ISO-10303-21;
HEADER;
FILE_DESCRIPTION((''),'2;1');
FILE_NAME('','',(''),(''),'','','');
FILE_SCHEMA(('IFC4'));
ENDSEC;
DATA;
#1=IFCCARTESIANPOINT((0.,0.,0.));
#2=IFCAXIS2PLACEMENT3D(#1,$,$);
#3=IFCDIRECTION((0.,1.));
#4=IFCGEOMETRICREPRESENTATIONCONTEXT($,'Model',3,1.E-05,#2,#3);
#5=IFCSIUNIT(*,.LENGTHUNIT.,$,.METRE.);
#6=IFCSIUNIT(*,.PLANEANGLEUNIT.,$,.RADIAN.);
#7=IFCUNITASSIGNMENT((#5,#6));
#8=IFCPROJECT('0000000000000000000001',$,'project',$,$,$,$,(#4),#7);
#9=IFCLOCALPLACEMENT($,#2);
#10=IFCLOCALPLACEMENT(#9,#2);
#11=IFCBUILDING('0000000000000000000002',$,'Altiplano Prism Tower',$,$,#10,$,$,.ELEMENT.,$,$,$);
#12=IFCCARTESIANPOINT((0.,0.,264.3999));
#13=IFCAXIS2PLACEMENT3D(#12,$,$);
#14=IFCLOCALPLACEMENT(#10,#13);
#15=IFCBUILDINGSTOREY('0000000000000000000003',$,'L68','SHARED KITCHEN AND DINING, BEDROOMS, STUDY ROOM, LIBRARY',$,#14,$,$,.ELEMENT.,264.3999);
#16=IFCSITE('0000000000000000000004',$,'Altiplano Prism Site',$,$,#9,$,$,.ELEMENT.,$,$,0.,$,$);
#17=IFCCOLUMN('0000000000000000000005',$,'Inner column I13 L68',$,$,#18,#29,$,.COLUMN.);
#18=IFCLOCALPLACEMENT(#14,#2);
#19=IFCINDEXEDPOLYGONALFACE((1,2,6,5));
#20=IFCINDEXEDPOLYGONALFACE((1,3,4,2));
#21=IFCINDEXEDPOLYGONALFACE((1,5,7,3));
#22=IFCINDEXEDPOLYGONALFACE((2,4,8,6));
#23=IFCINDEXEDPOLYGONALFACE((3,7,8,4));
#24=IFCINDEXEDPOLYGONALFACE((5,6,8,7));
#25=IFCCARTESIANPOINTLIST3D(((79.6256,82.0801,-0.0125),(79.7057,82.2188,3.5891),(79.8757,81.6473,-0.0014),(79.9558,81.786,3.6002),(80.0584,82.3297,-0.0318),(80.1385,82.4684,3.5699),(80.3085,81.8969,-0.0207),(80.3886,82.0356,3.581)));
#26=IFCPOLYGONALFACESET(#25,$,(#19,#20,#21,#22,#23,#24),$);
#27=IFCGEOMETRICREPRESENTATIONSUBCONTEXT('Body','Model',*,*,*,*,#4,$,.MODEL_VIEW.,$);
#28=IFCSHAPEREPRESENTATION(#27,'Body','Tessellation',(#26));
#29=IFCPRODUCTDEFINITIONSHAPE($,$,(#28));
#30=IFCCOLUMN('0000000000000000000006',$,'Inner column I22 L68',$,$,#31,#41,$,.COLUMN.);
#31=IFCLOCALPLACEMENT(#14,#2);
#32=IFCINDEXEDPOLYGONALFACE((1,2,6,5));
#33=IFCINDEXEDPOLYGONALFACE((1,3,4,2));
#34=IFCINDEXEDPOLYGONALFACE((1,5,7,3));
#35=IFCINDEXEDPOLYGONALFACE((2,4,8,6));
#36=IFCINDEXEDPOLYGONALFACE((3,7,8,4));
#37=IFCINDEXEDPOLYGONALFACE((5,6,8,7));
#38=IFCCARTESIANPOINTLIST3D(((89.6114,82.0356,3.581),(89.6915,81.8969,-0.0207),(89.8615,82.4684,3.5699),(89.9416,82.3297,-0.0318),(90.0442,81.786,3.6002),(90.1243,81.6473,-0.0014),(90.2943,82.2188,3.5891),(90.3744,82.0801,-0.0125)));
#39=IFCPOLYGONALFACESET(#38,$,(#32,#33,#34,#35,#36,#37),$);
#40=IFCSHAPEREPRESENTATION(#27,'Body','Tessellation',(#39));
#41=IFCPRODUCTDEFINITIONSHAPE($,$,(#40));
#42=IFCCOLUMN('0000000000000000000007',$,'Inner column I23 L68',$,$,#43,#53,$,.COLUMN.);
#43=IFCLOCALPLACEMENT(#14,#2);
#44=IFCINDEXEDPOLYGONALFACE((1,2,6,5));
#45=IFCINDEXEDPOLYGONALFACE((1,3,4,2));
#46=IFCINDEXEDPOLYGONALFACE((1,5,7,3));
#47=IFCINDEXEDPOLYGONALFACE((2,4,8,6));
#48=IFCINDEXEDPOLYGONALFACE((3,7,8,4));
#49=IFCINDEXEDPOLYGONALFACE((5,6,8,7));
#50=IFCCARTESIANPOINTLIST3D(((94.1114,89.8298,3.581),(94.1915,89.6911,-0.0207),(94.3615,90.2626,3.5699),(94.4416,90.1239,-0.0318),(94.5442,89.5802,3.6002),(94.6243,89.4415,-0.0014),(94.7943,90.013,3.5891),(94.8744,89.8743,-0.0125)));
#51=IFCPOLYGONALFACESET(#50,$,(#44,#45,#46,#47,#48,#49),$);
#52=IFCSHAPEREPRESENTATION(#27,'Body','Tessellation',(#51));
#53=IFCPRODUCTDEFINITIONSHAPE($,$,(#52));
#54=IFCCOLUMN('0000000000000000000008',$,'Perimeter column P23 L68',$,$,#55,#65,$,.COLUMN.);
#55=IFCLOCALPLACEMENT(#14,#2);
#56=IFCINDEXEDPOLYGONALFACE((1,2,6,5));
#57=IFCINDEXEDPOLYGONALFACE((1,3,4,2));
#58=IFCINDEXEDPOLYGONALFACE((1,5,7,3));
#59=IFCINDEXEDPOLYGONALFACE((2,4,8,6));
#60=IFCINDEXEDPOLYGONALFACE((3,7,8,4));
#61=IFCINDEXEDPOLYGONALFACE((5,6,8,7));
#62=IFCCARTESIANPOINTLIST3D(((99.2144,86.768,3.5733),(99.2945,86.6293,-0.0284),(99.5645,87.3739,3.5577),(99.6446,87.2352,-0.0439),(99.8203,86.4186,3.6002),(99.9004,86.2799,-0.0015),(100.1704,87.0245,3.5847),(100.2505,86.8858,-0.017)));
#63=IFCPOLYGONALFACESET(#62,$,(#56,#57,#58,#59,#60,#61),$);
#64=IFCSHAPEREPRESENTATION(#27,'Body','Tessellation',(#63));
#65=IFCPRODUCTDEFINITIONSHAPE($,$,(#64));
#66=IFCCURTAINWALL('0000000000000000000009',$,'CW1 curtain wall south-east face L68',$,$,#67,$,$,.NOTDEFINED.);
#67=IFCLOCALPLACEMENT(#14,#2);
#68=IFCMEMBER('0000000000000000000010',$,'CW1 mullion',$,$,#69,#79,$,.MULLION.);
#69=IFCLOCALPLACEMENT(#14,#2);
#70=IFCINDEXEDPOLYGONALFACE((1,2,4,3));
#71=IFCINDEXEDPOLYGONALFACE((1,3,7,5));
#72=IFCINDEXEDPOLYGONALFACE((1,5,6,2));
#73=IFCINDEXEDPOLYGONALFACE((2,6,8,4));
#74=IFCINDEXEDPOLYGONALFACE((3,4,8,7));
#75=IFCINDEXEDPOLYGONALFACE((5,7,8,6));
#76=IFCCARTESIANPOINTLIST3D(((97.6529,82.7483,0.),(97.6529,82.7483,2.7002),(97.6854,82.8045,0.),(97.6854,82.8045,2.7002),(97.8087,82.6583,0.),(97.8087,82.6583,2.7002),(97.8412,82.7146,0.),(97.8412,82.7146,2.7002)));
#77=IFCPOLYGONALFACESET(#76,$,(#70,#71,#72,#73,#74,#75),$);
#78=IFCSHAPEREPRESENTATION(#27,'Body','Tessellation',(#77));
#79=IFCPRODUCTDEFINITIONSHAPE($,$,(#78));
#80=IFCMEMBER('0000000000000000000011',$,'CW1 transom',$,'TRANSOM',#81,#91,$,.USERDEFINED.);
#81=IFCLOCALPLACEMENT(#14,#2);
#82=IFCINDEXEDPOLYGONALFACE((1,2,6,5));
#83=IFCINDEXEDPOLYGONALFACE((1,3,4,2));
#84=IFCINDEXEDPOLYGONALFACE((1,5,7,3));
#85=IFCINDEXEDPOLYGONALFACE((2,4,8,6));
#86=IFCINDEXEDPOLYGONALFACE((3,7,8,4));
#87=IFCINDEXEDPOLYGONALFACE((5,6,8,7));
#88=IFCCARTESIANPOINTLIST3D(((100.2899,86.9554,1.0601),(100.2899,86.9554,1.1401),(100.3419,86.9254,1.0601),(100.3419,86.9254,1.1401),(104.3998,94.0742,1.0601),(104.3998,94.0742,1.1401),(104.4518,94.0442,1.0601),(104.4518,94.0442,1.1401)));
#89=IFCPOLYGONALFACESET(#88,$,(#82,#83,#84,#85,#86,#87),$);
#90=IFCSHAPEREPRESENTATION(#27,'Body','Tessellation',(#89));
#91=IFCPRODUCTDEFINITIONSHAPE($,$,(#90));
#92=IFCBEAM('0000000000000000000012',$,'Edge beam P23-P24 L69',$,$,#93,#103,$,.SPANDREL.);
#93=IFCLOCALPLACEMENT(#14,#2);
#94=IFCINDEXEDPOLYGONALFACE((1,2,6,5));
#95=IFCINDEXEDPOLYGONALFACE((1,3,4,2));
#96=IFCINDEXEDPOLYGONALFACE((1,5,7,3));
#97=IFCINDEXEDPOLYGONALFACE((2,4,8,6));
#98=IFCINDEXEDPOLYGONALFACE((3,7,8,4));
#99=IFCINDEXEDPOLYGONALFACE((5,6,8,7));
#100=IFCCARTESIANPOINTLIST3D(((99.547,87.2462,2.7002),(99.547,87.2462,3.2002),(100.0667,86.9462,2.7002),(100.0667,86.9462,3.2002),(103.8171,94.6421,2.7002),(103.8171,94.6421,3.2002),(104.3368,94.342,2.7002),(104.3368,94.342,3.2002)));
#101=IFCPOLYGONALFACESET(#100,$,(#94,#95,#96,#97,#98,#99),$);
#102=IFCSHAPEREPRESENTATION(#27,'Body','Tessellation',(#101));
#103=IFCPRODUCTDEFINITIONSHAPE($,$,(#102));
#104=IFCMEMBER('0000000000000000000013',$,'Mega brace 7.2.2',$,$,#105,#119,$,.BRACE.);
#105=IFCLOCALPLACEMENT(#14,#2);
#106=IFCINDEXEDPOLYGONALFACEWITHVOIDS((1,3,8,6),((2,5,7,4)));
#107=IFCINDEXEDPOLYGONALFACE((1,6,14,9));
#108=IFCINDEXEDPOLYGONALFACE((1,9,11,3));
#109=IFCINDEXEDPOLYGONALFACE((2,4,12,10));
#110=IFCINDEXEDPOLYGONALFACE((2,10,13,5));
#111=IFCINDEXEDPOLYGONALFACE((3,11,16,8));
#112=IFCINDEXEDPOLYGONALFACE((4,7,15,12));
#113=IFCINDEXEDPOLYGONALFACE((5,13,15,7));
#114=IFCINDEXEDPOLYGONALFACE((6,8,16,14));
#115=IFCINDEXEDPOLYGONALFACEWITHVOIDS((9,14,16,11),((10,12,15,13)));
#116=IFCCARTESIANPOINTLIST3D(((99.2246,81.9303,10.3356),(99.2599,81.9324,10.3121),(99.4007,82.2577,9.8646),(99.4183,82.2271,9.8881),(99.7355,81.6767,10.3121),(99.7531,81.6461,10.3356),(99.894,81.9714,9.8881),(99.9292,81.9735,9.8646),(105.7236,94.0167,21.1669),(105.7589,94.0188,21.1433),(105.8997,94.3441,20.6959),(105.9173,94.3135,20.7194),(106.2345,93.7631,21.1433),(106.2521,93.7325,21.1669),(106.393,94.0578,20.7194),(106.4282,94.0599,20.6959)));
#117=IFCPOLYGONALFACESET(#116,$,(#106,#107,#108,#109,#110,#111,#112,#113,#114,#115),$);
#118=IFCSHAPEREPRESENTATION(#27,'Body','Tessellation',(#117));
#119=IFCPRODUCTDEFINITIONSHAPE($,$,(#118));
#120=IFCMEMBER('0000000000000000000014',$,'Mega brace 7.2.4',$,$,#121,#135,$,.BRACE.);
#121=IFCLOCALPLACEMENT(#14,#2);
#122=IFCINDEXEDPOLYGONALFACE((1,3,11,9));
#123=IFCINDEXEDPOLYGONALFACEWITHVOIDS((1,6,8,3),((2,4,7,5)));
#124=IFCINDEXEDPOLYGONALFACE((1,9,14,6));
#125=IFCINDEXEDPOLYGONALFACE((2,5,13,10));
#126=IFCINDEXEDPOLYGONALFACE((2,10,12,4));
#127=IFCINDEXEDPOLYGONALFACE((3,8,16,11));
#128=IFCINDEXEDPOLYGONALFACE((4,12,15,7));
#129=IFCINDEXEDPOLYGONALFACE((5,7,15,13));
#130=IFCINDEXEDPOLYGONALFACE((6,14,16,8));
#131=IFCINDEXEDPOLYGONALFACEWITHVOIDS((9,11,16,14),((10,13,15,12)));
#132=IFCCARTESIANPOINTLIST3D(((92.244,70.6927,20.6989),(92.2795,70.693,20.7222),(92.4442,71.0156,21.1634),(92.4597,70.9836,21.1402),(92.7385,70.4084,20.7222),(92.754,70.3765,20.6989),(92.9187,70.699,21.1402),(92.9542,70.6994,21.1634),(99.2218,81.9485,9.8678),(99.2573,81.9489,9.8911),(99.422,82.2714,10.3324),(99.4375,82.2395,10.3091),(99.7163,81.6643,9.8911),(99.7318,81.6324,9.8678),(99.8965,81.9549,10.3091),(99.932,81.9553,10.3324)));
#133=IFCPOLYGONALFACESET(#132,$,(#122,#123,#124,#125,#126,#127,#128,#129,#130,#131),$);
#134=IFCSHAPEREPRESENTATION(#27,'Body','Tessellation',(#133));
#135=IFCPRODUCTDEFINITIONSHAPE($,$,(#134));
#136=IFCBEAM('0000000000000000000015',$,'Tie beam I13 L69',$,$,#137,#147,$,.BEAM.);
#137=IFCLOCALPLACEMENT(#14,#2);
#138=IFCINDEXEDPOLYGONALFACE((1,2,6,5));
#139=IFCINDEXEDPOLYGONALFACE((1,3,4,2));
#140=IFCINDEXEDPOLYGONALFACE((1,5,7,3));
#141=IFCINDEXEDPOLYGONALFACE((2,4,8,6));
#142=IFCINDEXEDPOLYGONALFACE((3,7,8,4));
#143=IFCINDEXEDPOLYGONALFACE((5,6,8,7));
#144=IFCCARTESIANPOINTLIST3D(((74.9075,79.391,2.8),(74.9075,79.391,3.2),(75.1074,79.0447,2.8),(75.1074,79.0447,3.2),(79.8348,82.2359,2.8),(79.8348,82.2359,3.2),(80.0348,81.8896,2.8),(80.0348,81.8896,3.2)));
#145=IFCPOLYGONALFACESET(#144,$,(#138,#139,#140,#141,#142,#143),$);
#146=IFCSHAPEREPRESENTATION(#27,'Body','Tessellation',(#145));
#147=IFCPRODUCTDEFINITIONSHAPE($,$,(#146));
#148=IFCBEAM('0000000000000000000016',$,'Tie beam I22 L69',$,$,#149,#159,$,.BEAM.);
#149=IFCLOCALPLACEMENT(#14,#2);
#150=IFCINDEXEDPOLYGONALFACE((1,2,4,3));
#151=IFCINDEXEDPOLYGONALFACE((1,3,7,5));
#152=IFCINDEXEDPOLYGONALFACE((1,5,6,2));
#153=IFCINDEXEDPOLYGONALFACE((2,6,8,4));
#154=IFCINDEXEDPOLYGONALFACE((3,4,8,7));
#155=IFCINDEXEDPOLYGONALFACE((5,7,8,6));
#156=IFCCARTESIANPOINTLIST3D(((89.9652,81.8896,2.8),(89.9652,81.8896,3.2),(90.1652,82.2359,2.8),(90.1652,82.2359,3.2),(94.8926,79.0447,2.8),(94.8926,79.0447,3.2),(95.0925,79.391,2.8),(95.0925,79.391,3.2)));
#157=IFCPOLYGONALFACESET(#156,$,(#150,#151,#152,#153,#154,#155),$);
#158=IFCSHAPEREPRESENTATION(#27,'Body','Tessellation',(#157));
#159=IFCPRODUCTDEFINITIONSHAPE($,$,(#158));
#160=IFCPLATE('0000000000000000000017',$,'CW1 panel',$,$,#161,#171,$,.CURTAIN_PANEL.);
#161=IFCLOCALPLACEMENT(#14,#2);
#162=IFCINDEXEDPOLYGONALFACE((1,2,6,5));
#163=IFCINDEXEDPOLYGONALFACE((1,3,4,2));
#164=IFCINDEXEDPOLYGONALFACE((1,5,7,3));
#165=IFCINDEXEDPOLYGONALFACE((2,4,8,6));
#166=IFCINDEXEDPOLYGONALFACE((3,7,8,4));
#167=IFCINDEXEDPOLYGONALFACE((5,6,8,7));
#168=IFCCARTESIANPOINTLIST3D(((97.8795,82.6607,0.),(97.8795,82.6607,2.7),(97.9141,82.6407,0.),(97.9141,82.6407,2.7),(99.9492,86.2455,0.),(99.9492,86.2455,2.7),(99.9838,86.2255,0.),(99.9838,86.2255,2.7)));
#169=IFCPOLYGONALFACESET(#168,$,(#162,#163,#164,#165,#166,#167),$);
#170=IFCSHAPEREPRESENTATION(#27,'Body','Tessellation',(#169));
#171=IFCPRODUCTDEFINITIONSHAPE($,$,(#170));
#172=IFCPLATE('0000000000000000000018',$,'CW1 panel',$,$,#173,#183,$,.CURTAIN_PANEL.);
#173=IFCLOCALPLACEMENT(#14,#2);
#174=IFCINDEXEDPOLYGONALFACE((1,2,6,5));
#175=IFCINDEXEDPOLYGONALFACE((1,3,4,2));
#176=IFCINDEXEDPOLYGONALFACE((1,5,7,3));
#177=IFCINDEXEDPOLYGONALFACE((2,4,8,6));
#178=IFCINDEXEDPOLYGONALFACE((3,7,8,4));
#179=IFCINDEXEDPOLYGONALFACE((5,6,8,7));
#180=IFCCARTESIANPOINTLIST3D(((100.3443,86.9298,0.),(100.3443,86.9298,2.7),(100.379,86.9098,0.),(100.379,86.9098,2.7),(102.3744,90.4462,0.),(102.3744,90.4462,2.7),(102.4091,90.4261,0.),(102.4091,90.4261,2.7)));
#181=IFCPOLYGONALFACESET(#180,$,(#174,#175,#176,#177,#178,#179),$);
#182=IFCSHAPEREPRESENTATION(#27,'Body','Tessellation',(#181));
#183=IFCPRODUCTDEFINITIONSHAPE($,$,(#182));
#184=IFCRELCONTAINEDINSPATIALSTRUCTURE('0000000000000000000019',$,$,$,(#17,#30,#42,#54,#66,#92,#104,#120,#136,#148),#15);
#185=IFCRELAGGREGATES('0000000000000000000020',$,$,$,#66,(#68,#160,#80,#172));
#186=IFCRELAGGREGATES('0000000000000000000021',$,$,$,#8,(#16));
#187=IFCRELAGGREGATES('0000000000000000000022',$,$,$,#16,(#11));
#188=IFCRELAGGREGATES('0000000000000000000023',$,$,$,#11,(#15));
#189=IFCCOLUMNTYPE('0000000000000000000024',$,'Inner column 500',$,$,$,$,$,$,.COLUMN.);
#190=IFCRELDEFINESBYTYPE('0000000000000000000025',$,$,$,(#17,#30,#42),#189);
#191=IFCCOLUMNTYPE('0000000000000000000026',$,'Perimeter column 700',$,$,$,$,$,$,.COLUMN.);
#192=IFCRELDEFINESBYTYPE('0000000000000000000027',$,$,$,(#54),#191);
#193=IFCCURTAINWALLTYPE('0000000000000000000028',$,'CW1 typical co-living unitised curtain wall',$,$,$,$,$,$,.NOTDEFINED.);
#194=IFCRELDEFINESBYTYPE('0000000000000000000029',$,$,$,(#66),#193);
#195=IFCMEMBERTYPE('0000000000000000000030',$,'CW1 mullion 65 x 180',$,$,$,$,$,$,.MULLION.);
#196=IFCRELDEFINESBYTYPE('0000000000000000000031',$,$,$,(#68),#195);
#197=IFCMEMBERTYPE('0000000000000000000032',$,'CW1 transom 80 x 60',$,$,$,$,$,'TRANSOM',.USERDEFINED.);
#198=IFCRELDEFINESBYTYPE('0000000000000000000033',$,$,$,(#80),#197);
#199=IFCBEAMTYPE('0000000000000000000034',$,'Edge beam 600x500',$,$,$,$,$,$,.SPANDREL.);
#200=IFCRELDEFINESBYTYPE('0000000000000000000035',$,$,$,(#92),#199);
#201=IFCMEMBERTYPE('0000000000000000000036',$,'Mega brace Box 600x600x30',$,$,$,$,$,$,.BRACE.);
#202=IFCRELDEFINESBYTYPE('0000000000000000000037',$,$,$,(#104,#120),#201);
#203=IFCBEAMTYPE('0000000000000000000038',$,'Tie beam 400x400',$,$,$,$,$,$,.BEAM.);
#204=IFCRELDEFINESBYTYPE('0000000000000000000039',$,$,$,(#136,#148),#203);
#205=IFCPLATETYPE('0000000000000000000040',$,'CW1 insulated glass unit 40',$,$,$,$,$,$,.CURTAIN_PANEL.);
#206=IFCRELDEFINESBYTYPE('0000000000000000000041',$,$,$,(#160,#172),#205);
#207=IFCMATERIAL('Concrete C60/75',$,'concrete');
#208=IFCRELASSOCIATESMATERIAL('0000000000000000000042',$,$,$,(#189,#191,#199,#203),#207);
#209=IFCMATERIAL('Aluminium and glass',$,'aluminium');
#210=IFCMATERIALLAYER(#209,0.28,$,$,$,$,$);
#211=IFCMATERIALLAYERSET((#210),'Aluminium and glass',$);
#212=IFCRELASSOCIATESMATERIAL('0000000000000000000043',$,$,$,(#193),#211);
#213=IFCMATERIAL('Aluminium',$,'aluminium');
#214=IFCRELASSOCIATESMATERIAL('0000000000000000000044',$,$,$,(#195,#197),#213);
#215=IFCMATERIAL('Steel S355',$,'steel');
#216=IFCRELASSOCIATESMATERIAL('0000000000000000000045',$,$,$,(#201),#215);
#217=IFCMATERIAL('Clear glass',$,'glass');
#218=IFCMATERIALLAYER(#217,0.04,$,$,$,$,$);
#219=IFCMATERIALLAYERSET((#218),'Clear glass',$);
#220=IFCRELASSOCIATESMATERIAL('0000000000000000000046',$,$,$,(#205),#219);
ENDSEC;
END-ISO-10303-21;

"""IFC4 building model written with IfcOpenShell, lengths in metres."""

from ifc_helpers import new_model, si_unit, direction, frame, origin, origin_2d, place, context, subcontext, project, spatial, rectangle, hollow_rectangle, extrude, material, layer, layer_set, material_profile, profile_set, type_object, element, aggregate, save


model = new_model("IFC4")

# Units and contexts
model_context = context("Model", 3, precision=1e-05, world=origin(), true_north=direction((0.0, 1.0)))
body_context = subcontext(model_context, "Body", "Model", "MODEL_VIEW")
ifc_project = project(units=[si_unit("LENGTHUNIT", "METRE"), si_unit("PLANEANGLEUNIT", "RADIAN")], contexts=[model_context])

# Site, building, storey
site_placement = place(None, origin())
site = spatial("IfcSite", under=ifc_project, at=site_placement, Name="Altiplano Prism Site", CompositionType="ELEMENT", RefElevation=0.0)
building_placement = place(site_placement, origin())
building = spatial("IfcBuilding", under=site, at=building_placement, Name="Altiplano Prism Tower", CompositionType="ELEMENT")
storey_placement = place(building_placement, frame((0.0, 0.0, 264.3999)))
storey = spatial("IfcBuildingStorey", under=building, at=storey_placement, Name="L68", Description="SHARED KITCHEN AND DINING, BEDROOMS, STUDY ROOM, LIBRARY", CompositionType="ELEMENT", Elevation=264.3999)

# Columns
ifc_material_1 = material(Name="Concrete C60/75", Category="concrete")
ifc_material_profile_1 = material_profile(ifc_material_1, rectangle(XDim=0.5, YDim=0.5, at=origin_2d()), Name="Inner column 500")
ifc_profile_set_1 = profile_set([ifc_material_profile_1], Name="Concrete C60/75")
column_type_1 = type_object("IfcColumnType", Name="Inner column 500", PredefinedType="COLUMN", material=ifc_profile_set_1)
for number, where, z_axis, x_axis, name in (
    (1, (79.967, 81.9885, -0.0166), (0.022212, 0.038465, 0.999013), (-0.865642, -0.499183, 0.038467), "Inner column I13 L68"),
    (2, (90.033, 81.9885, -0.0166), (-0.022212, 0.038465, 0.999013), (-0.50017, -0.865643, 0.022209), "Inner column I22 L68"),
    (3, (94.533, 89.7827, -0.0166), (-0.022212, 0.038465, 0.999013), (-0.500174, -0.86564, 0.022209), "Inner column I23 L68"),
):
    element("IfcColumn", number, at=place(storey_placement, frame(where, z_axis=z_axis, x_axis=x_axis)), inside=storey, type_object=column_type_1, Name=name, PredefinedType="COLUMN", context=body_context, shape_type="SweptSolid", body=[
        extrude(rectangle(XDim=0.5, YDim=0.5, at=origin_2d()), origin(), (0.0, 0.0, 1.0), 3.6052),
    ])
ifc_material_profile_2 = material_profile(ifc_material_1, rectangle(XDim=0.7, YDim=0.7, at=origin_2d()), Name="Perimeter column 700")
ifc_profile_set_2 = profile_set([ifc_material_profile_2], Name="Concrete C60/75")
column_type_2 = type_object("IfcColumnType", Name="Perimeter column 700", PredefinedType="COLUMN", material=ifc_profile_set_2)
column_placement = place(storey_placement, frame((99.7725, 86.7576, -0.0227), z_axis=(-0.022212, 0.038465, 0.999013), x_axis=(-0.500174, -0.86564, 0.022209)))
element("IfcColumn", 4, at=column_placement, inside=storey, type_object=column_type_2, Name="Perimeter column P23 L68", PredefinedType="COLUMN", context=body_context, shape_type="SweptSolid", body=[
    extrude(rectangle(XDim=0.7, YDim=0.7, at=origin_2d()), origin(), (0.0, 0.0, 1.0), 3.6052),
])

# Curtain wall, members
ifc_material_2 = material(Name="Aluminium and glass", Category="aluminium")
ifc_layer_1 = layer(ifc_material_2, 0.28)
ifc_layer_set_1 = layer_set([ifc_layer_1], Name="Aluminium and glass")
curtain_wall_type = type_object("IfcCurtainWallType", Name="CW1 typical co-living unitised curtain wall", PredefinedType="NOTDEFINED", material=ifc_layer_set_1)
curtain_wall_placement = place(storey_placement, origin())
curtain_wall = element("IfcCurtainWall", 5, at=curtain_wall_placement, inside=storey, type_object=curtain_wall_type, Name="CW1 curtain wall south-east face L68", PredefinedType="NOTDEFINED")
ifc_material_3 = material(Name="Aluminium", Category="aluminium")
ifc_material_profile_3 = material_profile(ifc_material_3, rectangle(XDim=0.1799, YDim=0.0649, at=origin_2d()), Name="CW1 mullion 65 x 180")
ifc_profile_set_3 = profile_set([ifc_material_profile_3], Name="Aluminium")
member_type_1 = type_object("IfcMemberType", Name="CW1 mullion 65 x 180", PredefinedType="MULLION", material=ifc_profile_set_3)
member_1_placement = place(storey_placement, frame((97.7471, 82.7314, 0.0), z_axis=(0.0, 0.0, 1.0), x_axis=(-0.866025, 0.5, 0.0)))
member_1 = element("IfcMember", 6, at=member_1_placement, type_object=member_type_1, Name="CW1 mullion", PredefinedType="MULLION", context=body_context, shape_type="SweptSolid", body=[
    extrude(rectangle(XDim=0.1799, YDim=0.0649, at=origin_2d()), origin(), (0.0, 0.0, 1.0), 2.7002),
])
ifc_material_profile_4 = material_profile(ifc_material_3, rectangle(XDim=0.0601, YDim=0.0801, at=origin_2d()), Name="CW1 transom 80 x 60")
ifc_profile_set_4 = profile_set([ifc_material_profile_4], Name="Aluminium")
member_type_2 = type_object("IfcMemberType", Name="CW1 transom 80 x 60", ElementType="TRANSOM", PredefinedType="USERDEFINED", material=ifc_profile_set_4)
member_2_placement = place(storey_placement, frame((100.3159, 86.9404, 1.1001), z_axis=(0.499992, 0.86603, 0.0), x_axis=(-0.86603, 0.499992, 0.0)))
member_2 = element("IfcMember", 7, at=member_2_placement, type_object=member_type_2, Name="CW1 transom", ObjectType="TRANSOM", PredefinedType="USERDEFINED", context=body_context, shape_type="SweptSolid", body=[
    extrude(rectangle(XDim=0.0601, YDim=0.0801, at=origin_2d()), origin(), (0.0, 0.0, 1.0), 8.22),
])

# Beam
ifc_material_profile_5 = material_profile(ifc_material_1, rectangle(XDim=0.6001, YDim=0.5, at=origin_2d()), Name="Edge beam 600x500")
ifc_profile_set_5 = profile_set([ifc_material_profile_5], Name="Concrete C60/75")
beam_type_1 = type_object("IfcBeamType", Name="Edge beam 600x500", PredefinedType="SPANDREL", material=ifc_profile_set_5)
beam_placement = place(storey_placement, frame((99.8069, 87.0962, 2.9502), z_axis=(0.500007, 0.866021, 0.0), x_axis=(-0.866021, 0.500007, 0.0)))
element("IfcBeam", 8, at=beam_placement, inside=storey, type_object=beam_type_1, Name="Edge beam P23-P24 L69", PredefinedType="SPANDREL", context=body_context, shape_type="SweptSolid", body=[
    extrude(rectangle(XDim=0.6001, YDim=0.5, at=origin_2d()), origin(), (0.0, 0.0, 1.0), 8.54),
])

# Members
ifc_material_4 = material(Name="Steel S355", Category="steel")
ifc_material_profile_6 = material_profile(ifc_material_4, hollow_rectangle(XDim=0.6001, YDim=0.6001, WallThickness=0.03, at=origin_2d()), Name="Mega brace Box 600x600x30")
ifc_profile_set_6 = profile_set([ifc_material_profile_6], Name="Steel S355")
member_type_3 = type_object("IfcMemberType", Name="Mega brace Box 600x600x30", PredefinedType="BRACE", material=ifc_profile_set_6)
member_3_placement = place(storey_placement, frame((99.5769, 81.9519, 10.1001), z_axis=(0.371746, 0.691346, 0.619553), x_axis=(-0.880746, 0.473588, 0.0)))
element("IfcMember", 9, at=member_3_placement, inside=storey, type_object=member_type_3, Name="Mega brace 7.2.2", PredefinedType="BRACE", context=body_context, shape_type="SweptSolid", body=[
    extrude(hollow_rectangle(XDim=0.6001, YDim=0.6001, WallThickness=0.03, at=origin_2d()), origin(), (0.0, 0.0, 1.0), 17.4824),
])
member_4_placement = place(storey_placement, frame((99.5769, 81.9519, 10.1001), z_axis=(-0.407858, -0.657916, 0.633086), x_axis=(0.849931, -0.526893, 0.0)))
element("IfcMember", 10, at=member_4_placement, inside=storey, type_object=member_type_3, Name="Mega brace 7.2.4", PredefinedType="BRACE", context=body_context, shape_type="SweptSolid", body=[
    extrude(hollow_rectangle(XDim=0.6001, YDim=0.6001, WallThickness=0.03, at=origin_2d()), origin(), (0.0, 0.0, 1.0), 17.1084),
])

# Beams
ifc_material_profile_7 = material_profile(ifc_material_1, rectangle(XDim=0.3999, YDim=0.3999, at=origin_2d()), Name="Tie beam 400x400")
ifc_profile_set_7 = profile_set([ifc_material_profile_7], Name="Concrete C60/75")
beam_type_2 = type_object("IfcBeamType", Name="Tie beam 400x400", PredefinedType="BEAM", material=ifc_profile_set_7)
for number, where, z_axis, x_axis, name in (
    (11, (79.9348, 82.0627, 3.0), (-0.866019, -0.500011, 0.0), (0.500011, -0.866019, 0.0), "Tie beam I13 L69"),
    (12, (90.0652, 82.0627, 3.0), (0.866019, -0.500011, 0.0), (0.500011, 0.866019, 0.0), "Tie beam I22 L69"),
):
    element("IfcBeam", number, at=place(storey_placement, frame(where, z_axis=z_axis, x_axis=x_axis)), inside=storey, type_object=beam_type_2, Name=name, PredefinedType="BEAM", context=body_context, shape_type="SweptSolid", body=[
        extrude(rectangle(XDim=0.3999, YDim=0.3999, at=origin_2d()), origin(), (0.0, 0.0, 1.0), 5.6897),
    ])

# Plates
ifc_material_5 = material(Name="Clear glass", Category="glass")
ifc_layer_2 = layer(ifc_material_5, 0.04)
ifc_layer_set_2 = layer_set([ifc_layer_2], Name="Clear glass")
plate_type = type_object("IfcPlateType", Name="CW1 insulated glass unit 40", PredefinedType="CURTAIN_PANEL", material=ifc_layer_set_2)
plate_1_placement = place(storey_placement, frame((98.9316, 84.4431, 0.0), z_axis=(0.0, 0.0, 1.0), x_axis=(0.5, 0.866025, 0.0)))
plate_1 = element("IfcPlate", 13, at=plate_1_placement, type_object=plate_type, Name="CW1 panel", PredefinedType="CURTAIN_PANEL", context=body_context, shape_type="SweptSolid", body=[
    extrude(rectangle(XDim=4.1394, YDim=0.04, at=origin_2d()), origin(), (0.0, 0.0, 1.0), 2.7),
])
plate_2_placement = place(storey_placement, frame((101.3767, 88.678, 0.0), z_axis=(0.0, 0.0, 1.0), x_axis=(0.5, 0.866025, 0.0)))
plate_2 = element("IfcPlate", 14, at=plate_2_placement, type_object=plate_type, Name="CW1 panel", PredefinedType="CURTAIN_PANEL", context=body_context, shape_type="SweptSolid", body=[
    extrude(rectangle(XDim=4.0603, YDim=0.04, at=origin_2d()), origin(), (0.0, 0.0, 1.0), 2.7),
])
aggregate(curtain_wall, [member_1, plate_1, member_2, plate_2])

save(model, "model.ifc")
